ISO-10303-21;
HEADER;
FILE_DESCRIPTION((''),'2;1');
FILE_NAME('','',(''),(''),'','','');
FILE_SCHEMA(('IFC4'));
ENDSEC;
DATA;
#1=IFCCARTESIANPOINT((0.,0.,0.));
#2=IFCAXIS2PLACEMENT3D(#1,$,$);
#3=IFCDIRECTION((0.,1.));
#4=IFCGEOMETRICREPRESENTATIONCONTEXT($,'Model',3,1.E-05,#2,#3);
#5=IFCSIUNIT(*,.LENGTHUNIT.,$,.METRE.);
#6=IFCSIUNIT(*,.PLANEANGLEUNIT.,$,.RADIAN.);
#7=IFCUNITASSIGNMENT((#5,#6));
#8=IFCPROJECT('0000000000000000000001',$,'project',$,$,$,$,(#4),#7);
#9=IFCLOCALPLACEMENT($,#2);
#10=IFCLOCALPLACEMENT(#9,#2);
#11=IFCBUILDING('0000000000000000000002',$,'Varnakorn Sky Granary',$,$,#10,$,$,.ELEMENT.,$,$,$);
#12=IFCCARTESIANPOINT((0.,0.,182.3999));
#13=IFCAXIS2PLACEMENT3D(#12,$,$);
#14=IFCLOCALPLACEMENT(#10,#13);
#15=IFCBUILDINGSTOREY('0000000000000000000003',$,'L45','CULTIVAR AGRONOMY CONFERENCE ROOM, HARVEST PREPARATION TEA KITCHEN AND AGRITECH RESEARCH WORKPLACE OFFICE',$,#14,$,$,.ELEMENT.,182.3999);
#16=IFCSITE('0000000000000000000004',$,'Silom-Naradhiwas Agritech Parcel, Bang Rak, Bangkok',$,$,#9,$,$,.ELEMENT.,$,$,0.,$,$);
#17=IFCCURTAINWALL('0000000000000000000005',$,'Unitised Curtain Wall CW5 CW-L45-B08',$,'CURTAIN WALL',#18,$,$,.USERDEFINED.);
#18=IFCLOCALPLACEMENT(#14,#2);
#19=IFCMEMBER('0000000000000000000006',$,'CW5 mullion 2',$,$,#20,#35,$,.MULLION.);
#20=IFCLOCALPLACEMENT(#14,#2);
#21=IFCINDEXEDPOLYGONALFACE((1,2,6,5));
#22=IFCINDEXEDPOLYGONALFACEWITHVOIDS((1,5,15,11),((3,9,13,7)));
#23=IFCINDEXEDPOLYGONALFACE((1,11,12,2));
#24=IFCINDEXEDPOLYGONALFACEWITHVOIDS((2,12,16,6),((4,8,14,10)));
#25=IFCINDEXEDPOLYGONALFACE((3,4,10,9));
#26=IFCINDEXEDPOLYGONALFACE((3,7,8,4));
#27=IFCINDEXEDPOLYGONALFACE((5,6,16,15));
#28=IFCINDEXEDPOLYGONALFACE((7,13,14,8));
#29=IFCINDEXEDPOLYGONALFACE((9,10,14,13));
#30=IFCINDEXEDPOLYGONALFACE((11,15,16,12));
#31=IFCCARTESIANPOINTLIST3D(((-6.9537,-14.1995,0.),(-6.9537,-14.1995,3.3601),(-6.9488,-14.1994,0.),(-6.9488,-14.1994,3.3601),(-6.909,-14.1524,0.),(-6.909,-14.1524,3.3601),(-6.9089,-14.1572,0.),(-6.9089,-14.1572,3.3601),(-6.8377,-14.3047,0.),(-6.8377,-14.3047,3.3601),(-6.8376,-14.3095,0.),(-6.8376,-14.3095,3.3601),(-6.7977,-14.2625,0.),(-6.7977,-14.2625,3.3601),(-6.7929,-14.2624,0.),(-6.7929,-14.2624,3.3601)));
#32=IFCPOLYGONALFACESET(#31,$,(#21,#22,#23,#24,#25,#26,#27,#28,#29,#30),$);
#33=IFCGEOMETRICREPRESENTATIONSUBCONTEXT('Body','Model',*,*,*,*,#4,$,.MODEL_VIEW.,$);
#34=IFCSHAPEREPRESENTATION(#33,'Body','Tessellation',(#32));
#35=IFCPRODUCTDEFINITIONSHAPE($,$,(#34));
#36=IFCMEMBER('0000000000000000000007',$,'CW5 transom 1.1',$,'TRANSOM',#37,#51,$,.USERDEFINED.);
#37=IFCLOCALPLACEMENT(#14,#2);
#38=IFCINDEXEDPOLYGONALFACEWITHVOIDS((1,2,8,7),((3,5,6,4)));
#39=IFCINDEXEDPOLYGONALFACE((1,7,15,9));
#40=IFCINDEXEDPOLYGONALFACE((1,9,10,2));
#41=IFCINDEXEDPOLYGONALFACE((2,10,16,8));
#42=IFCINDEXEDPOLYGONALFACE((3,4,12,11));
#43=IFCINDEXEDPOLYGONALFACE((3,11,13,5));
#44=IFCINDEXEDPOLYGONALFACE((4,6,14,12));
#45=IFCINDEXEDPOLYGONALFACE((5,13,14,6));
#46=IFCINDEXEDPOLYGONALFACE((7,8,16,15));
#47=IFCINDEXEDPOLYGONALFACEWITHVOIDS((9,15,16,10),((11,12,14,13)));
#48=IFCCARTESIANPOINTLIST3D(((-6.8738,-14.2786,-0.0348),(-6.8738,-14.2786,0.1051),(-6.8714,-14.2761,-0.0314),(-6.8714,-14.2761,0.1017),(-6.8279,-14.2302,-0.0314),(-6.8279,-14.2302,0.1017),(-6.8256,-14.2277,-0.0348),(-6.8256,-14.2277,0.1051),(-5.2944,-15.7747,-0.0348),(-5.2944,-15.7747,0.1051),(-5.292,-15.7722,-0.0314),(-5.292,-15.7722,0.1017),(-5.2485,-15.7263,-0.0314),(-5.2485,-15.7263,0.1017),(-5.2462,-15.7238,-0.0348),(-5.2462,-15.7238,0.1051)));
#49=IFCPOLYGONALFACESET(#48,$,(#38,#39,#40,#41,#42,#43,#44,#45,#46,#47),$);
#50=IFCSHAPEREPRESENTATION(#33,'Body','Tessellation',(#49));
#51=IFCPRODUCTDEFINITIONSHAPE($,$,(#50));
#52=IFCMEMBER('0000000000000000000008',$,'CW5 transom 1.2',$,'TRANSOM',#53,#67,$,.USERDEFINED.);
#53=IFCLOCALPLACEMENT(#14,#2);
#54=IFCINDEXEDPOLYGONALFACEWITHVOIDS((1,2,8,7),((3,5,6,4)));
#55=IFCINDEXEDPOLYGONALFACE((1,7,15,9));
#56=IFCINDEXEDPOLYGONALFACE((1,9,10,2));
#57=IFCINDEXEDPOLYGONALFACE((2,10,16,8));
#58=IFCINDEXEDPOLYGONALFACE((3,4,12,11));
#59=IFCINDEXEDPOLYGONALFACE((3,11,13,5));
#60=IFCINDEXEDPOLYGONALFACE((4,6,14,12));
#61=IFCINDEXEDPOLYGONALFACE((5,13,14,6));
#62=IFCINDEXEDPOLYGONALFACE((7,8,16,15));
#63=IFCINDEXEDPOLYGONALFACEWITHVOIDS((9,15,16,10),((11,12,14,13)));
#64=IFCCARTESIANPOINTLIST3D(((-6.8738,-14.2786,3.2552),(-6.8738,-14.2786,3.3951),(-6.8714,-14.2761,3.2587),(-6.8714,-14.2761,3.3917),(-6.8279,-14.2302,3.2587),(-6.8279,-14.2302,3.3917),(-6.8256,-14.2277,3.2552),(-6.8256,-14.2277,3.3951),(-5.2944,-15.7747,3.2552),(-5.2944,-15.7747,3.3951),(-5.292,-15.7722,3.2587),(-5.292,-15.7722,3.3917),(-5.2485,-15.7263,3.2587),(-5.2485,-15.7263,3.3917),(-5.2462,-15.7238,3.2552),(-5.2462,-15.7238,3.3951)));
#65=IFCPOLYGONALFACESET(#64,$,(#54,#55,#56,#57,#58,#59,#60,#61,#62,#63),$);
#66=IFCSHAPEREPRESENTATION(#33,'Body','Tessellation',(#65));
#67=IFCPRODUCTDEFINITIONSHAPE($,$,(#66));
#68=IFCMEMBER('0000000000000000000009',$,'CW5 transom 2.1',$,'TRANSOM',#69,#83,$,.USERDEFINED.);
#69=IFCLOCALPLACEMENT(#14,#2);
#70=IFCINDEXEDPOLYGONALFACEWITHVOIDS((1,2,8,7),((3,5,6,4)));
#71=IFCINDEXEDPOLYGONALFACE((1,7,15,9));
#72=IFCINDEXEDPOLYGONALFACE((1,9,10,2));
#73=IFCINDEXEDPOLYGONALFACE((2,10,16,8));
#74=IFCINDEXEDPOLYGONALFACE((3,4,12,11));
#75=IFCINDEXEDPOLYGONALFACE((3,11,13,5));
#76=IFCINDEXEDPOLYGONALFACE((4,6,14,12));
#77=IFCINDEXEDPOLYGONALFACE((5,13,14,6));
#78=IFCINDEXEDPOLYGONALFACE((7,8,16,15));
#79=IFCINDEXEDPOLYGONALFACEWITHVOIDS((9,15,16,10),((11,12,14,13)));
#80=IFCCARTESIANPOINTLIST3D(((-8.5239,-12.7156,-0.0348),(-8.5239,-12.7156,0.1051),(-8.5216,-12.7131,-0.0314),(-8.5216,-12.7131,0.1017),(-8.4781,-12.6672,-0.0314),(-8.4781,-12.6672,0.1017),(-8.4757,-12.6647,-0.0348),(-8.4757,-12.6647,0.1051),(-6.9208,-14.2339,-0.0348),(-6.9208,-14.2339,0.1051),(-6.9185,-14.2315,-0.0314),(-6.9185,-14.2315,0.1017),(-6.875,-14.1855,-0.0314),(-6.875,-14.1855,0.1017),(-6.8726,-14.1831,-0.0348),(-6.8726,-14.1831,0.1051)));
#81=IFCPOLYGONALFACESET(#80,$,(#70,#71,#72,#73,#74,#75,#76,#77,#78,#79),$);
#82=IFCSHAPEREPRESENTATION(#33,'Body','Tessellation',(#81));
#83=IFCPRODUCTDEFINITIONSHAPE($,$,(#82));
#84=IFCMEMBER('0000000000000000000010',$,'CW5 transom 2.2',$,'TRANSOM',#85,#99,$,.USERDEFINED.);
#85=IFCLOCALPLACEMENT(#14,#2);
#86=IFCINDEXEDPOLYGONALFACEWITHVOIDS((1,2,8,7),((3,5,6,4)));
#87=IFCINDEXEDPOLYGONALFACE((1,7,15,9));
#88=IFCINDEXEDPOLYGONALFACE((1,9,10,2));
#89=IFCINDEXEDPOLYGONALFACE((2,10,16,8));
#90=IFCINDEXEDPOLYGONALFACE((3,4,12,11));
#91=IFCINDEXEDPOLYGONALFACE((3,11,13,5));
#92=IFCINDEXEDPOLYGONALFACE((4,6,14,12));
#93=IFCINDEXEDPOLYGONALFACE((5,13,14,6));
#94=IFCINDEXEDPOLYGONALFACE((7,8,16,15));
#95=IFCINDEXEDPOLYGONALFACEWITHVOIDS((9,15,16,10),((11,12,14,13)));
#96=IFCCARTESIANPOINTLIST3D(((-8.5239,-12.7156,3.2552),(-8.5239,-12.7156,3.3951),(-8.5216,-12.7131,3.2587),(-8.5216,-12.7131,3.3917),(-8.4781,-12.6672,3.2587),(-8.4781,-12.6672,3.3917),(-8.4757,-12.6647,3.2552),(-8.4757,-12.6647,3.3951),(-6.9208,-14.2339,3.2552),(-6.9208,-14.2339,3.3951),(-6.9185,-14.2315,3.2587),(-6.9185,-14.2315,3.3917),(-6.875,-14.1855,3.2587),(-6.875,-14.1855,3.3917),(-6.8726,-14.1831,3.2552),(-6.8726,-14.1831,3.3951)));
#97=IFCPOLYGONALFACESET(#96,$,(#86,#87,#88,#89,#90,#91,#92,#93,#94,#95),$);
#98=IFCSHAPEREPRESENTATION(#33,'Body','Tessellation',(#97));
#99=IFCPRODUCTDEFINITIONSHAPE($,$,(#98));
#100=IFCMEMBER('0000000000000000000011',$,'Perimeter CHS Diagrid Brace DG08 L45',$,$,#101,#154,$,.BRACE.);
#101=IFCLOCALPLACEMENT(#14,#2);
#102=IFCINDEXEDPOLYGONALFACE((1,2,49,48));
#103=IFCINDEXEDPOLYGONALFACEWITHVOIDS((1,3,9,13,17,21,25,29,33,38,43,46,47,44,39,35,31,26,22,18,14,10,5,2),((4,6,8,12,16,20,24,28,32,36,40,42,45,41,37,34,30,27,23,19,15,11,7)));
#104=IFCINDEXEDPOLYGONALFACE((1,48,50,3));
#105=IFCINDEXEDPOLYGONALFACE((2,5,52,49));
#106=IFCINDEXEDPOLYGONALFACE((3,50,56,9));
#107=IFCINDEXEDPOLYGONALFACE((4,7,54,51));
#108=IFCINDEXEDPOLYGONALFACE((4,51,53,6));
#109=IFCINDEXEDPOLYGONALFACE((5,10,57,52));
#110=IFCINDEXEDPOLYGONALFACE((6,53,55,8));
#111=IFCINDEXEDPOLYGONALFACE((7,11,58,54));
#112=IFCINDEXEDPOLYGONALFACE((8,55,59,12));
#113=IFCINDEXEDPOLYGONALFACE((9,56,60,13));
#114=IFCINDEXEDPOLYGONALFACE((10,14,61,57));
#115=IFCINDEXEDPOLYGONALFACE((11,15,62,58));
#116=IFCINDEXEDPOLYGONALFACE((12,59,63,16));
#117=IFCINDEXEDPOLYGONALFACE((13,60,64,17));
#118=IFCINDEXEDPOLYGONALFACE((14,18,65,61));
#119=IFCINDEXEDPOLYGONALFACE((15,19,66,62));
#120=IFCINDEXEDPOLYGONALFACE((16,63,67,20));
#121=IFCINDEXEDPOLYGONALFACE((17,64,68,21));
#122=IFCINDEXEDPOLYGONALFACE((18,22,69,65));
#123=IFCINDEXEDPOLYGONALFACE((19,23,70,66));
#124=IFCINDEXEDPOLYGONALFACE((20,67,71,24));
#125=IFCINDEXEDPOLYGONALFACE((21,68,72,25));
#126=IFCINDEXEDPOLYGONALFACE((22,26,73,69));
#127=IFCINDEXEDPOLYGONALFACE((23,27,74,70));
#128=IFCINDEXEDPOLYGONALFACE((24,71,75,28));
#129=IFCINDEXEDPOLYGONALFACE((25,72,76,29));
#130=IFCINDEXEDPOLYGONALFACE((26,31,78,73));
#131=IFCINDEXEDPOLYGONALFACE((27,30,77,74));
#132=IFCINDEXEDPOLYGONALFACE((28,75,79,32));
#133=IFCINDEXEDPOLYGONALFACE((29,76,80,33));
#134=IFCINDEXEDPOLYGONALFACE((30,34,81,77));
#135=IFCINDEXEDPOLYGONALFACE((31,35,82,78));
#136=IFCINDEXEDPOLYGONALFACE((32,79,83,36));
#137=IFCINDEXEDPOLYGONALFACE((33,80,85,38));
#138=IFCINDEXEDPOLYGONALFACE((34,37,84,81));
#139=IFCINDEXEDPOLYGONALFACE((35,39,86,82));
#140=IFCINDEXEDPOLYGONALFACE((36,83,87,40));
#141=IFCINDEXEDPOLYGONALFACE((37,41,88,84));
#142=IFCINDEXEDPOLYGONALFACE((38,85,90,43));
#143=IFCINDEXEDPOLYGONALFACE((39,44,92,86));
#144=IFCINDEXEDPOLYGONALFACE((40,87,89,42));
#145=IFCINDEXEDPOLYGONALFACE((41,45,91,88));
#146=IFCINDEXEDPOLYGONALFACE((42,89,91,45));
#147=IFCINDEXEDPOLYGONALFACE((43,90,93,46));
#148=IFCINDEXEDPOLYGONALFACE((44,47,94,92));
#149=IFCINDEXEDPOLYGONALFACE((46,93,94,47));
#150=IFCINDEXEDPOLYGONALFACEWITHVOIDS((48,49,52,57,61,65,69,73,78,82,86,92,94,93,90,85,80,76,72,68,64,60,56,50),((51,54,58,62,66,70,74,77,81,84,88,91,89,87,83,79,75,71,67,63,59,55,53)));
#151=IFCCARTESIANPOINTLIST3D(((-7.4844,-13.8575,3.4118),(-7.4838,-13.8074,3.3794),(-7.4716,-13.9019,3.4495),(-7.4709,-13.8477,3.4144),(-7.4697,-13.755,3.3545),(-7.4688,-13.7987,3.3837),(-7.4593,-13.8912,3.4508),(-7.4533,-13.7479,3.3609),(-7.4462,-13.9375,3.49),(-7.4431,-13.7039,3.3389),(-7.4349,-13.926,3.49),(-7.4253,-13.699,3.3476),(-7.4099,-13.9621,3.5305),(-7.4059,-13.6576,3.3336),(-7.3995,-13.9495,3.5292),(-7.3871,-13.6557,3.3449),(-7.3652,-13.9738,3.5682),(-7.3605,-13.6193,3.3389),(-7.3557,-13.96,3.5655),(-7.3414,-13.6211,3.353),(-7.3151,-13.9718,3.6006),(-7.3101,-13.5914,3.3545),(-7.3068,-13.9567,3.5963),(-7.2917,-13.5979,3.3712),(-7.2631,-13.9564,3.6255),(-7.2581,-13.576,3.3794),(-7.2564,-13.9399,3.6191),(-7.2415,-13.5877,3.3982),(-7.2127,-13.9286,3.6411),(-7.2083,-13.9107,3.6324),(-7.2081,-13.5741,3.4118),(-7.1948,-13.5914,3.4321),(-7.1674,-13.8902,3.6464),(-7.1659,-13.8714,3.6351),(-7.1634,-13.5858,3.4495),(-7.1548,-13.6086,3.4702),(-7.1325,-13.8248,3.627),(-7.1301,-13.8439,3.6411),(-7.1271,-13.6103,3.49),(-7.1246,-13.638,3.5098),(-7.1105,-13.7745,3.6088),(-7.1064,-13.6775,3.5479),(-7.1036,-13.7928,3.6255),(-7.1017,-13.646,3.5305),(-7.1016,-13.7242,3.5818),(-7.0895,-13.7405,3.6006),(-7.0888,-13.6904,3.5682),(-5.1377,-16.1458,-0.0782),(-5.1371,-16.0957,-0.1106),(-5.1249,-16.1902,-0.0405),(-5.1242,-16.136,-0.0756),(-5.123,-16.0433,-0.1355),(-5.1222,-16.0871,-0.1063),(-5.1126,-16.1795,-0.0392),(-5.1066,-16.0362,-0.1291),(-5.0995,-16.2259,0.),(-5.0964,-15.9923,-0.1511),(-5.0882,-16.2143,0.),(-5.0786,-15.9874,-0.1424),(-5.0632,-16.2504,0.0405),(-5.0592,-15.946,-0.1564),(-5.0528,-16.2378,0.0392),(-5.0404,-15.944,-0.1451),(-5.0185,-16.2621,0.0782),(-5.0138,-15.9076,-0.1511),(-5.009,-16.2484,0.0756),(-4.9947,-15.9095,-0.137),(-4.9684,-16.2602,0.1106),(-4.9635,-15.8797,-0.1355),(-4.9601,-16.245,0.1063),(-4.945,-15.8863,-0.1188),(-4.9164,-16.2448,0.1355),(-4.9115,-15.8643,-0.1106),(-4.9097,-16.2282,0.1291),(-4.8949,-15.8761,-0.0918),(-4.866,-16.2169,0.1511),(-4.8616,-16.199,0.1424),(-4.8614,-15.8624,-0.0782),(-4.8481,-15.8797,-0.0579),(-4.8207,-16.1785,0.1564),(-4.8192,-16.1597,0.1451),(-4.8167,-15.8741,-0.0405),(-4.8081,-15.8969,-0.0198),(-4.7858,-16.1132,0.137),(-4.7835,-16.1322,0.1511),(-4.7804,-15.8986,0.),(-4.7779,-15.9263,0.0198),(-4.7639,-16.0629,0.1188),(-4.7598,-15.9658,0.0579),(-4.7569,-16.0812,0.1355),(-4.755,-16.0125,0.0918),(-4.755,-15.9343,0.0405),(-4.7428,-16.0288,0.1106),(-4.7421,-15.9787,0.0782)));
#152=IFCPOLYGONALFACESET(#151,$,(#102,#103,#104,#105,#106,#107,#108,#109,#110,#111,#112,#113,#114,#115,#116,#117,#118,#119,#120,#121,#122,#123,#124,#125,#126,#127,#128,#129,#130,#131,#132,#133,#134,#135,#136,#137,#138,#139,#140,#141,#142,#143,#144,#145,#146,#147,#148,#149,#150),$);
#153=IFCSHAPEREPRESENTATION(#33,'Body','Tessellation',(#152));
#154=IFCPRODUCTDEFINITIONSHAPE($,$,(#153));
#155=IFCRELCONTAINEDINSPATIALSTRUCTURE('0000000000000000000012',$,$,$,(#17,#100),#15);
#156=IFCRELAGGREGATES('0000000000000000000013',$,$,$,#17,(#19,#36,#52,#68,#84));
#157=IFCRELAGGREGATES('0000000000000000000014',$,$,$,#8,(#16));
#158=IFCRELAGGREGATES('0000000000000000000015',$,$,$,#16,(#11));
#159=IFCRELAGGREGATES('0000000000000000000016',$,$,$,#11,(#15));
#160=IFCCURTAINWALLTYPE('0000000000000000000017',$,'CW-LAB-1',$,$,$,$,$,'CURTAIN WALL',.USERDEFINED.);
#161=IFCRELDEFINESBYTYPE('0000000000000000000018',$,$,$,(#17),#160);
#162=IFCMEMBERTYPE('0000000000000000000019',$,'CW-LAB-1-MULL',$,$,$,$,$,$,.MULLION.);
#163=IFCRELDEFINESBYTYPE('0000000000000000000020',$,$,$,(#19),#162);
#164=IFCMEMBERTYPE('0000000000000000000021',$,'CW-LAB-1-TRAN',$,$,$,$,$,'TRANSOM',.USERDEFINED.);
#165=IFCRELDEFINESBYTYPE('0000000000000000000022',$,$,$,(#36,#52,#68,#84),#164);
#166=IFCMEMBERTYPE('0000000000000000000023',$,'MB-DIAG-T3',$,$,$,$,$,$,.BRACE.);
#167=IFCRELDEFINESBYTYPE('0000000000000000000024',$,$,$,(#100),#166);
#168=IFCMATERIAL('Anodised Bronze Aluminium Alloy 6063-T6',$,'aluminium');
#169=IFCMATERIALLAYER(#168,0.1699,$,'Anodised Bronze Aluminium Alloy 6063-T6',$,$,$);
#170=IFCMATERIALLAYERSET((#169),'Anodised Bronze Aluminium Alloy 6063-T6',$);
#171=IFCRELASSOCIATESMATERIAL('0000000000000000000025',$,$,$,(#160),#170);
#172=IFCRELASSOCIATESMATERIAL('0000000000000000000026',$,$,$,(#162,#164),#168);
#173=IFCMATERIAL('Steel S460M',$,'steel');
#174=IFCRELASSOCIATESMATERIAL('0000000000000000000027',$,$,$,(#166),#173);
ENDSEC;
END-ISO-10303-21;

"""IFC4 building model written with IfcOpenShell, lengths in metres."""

from ifc_helpers import new_model, si_unit, direction, frame, origin, origin_2d, place, context, subcontext, project, spatial, hollow_rectangle, hollow_circle, extrude, material, layer, layer_set, material_profile, profile_set, type_object, element, aggregate, save


model = new_model("IFC4")

# Units and contexts
model_context = context("Model", 3, precision=1e-05, world=origin(), true_north=direction((0.0, 1.0)))
body_context = subcontext(model_context, "Body", "Model", "MODEL_VIEW")
ifc_project = project(units=[si_unit("LENGTHUNIT", "METRE"), si_unit("PLANEANGLEUNIT", "RADIAN")], contexts=[model_context])

# Site, building, storey
site_placement = place(None, origin())
site = spatial("IfcSite", under=ifc_project, at=site_placement, Name="Silom-Naradhiwas Agritech Parcel, Bang Rak, Bangkok", CompositionType="ELEMENT", RefElevation=0.0)
building_placement = place(site_placement, origin())
building = spatial("IfcBuilding", under=site, at=building_placement, Name="Varnakorn Sky Granary", CompositionType="ELEMENT")
storey_placement = place(building_placement, frame((0.0, 0.0, 182.3999)))
storey = spatial("IfcBuildingStorey", under=building, at=storey_placement, Name="L45", Description="CULTIVAR AGRONOMY CONFERENCE ROOM, HARVEST PREPARATION TEA KITCHEN AND AGRITECH RESEARCH WORKPLACE OFFICE", CompositionType="ELEMENT", Elevation=182.3999)

# Shared definitions
ifc_material_1 = material(Name="Steel S460M", Category="steel")

# Curtain wall, members
ifc_material_2 = material(Name="Anodised Bronze Aluminium Alloy 6063-T6", Category="aluminium")
ifc_layer_1 = layer(ifc_material_2, 0.1699, Name="Anodised Bronze Aluminium Alloy 6063-T6")
ifc_layer_set_1 = layer_set([ifc_layer_1], Name="Anodised Bronze Aluminium Alloy 6063-T6")
curtain_wall_type = type_object("IfcCurtainWallType", Name="CW-LAB-1", ElementType="CURTAIN WALL", PredefinedType="USERDEFINED", material=ifc_layer_set_1)
curtain_wall_placement = place(storey_placement, origin())
curtain_wall = element("IfcCurtainWall", 1, at=curtain_wall_placement, inside=storey, type_object=curtain_wall_type, Name="Unitised Curtain Wall CW5 CW-L45-B08", ObjectType="CURTAIN WALL", PredefinedType="USERDEFINED")
ifc_material_profile_1 = material_profile(ifc_material_2, hollow_rectangle(XDim=0.0649, YDim=0.1599, WallThickness=0.0034, at=origin_2d()), Name="ALU MULL 65x160")
ifc_profile_set_1 = profile_set([ifc_material_profile_1], Name="Anodised Bronze Aluminium Alloy 6063-T6")
member_type_1 = type_object("IfcMemberType", Name="CW-LAB-1-MULL", PredefinedType="MULLION", material=ifc_profile_set_1)
member_1_placement = place(storey_placement, frame((-6.8733, -14.231, 0.0), z_axis=(0.0, 0.0, 1.0), x_axis=(-0.687692, -0.726002, 0.0)))
member_1 = element("IfcMember", 2, at=member_1_placement, type_object=member_type_1, Name="CW5 mullion 2", PredefinedType="MULLION", context=body_context, shape_type="SweptSolid", body=[
    extrude(hollow_rectangle(XDim=0.0649, YDim=0.1599, WallThickness=0.0034, at=origin_2d()), origin(), (0.0, 0.0, 1.0), 3.3601),
])
ifc_material_profile_2 = material_profile(ifc_material_2, hollow_rectangle(XDim=0.0701, YDim=0.1399, WallThickness=0.0034, at=origin_2d()), Name="ALU TRAN 70x140")
ifc_profile_set_2 = profile_set([ifc_material_profile_2], Name="Anodised Bronze Aluminium Alloy 6063-T6")
member_type_2 = type_object("IfcMemberType", Name="CW-LAB-1-TRAN", ElementType="TRANSOM", PredefinedType="USERDEFINED", material=ifc_profile_set_2)
member_2_placement = place(storey_placement, frame((-5.2703, -15.7493, 0.0352), z_axis=(-0.725982, 0.687714, 0.0), x_axis=(-0.687714, -0.725982, 0.0)))
member_2 = element("IfcMember", 3, at=member_2_placement, type_object=member_type_2, Name="CW5 transom 1.1", ObjectType="TRANSOM", PredefinedType="USERDEFINED", context=body_context, shape_type="SweptSolid", body=[
    extrude(hollow_rectangle(XDim=0.0701, YDim=0.1399, WallThickness=0.0034, at=origin_2d()), origin(), (0.0, 0.0, 1.0), 2.1755),
])
member_3_placement = place(storey_placement, frame((-5.2703, -15.7493, 3.3252), z_axis=(-0.725982, 0.687714, 0.0), x_axis=(-0.687714, -0.725982, 0.0)))
member_3 = element("IfcMember", 4, at=member_3_placement, type_object=member_type_2, Name="CW5 transom 1.2", ObjectType="TRANSOM", PredefinedType="USERDEFINED", context=body_context, shape_type="SweptSolid", body=[
    extrude(hollow_rectangle(XDim=0.0701, YDim=0.1399, WallThickness=0.0034, at=origin_2d()), origin(), (0.0, 0.0, 1.0), 2.1755),
])
member_4_placement = place(storey_placement, frame((-6.8967, -14.2085, 0.0352), z_axis=(-0.726031, 0.687662, 0.0), x_axis=(-0.687662, -0.726031, 0.0)))
member_4 = element("IfcMember", 5, at=member_4_placement, type_object=member_type_2, Name="CW5 transom 2.1", ObjectType="TRANSOM", PredefinedType="USERDEFINED", context=body_context, shape_type="SweptSolid", body=[
    extrude(hollow_rectangle(XDim=0.0701, YDim=0.1399, WallThickness=0.0034, at=origin_2d()), origin(), (0.0, 0.0, 1.0), 2.208),
])
member_5_placement = place(storey_placement, frame((-6.8967, -14.2085, 3.3252), z_axis=(-0.726031, 0.687662, 0.0), x_axis=(-0.687662, -0.726031, 0.0)))
member_5 = element("IfcMember", 6, at=member_5_placement, type_object=member_type_2, Name="CW5 transom 2.2", ObjectType="TRANSOM", PredefinedType="USERDEFINED", context=body_context, shape_type="SweptSolid", body=[
    extrude(hollow_rectangle(XDim=0.0701, YDim=0.1399, WallThickness=0.0034, at=origin_2d()), origin(), (0.0, 0.0, 1.0), 2.208),
])

# Member
ifc_material_profile_3 = material_profile(ifc_material_1, hollow_circle(Radius=0.2285, WallThickness=0.0161, at=origin_2d()), Name="CHS 457x16")
ifc_profile_set_3 = profile_set([ifc_material_profile_3], Name="Steel S460M")
member_type_3 = type_object("IfcMemberType", Name="MB-DIAG-T3", PredefinedType="BRACE", material=ifc_profile_set_3)
member_6_placement = place(storey_placement, frame((-4.9399, -16.0623, 0.0), z_axis=(-0.490133, 0.477946, 0.728928), x_axis=(-0.69815, -0.715952, 0.0)))
element("IfcMember", 7, at=member_6_placement, inside=storey, type_object=member_type_3, Name="Perimeter CHS Diagrid Brace DG08 L45", PredefinedType="BRACE", context=body_context, shape_type="SweptSolid", body=[
    extrude(hollow_circle(Radius=0.2285, WallThickness=0.0161, at=origin_2d()), origin(), (0.0, 0.0, 1.0), 4.7878),
])

aggregate(curtain_wall, [member_1, member_2, member_3, member_4, member_5])

save(model, "model.ifc")
